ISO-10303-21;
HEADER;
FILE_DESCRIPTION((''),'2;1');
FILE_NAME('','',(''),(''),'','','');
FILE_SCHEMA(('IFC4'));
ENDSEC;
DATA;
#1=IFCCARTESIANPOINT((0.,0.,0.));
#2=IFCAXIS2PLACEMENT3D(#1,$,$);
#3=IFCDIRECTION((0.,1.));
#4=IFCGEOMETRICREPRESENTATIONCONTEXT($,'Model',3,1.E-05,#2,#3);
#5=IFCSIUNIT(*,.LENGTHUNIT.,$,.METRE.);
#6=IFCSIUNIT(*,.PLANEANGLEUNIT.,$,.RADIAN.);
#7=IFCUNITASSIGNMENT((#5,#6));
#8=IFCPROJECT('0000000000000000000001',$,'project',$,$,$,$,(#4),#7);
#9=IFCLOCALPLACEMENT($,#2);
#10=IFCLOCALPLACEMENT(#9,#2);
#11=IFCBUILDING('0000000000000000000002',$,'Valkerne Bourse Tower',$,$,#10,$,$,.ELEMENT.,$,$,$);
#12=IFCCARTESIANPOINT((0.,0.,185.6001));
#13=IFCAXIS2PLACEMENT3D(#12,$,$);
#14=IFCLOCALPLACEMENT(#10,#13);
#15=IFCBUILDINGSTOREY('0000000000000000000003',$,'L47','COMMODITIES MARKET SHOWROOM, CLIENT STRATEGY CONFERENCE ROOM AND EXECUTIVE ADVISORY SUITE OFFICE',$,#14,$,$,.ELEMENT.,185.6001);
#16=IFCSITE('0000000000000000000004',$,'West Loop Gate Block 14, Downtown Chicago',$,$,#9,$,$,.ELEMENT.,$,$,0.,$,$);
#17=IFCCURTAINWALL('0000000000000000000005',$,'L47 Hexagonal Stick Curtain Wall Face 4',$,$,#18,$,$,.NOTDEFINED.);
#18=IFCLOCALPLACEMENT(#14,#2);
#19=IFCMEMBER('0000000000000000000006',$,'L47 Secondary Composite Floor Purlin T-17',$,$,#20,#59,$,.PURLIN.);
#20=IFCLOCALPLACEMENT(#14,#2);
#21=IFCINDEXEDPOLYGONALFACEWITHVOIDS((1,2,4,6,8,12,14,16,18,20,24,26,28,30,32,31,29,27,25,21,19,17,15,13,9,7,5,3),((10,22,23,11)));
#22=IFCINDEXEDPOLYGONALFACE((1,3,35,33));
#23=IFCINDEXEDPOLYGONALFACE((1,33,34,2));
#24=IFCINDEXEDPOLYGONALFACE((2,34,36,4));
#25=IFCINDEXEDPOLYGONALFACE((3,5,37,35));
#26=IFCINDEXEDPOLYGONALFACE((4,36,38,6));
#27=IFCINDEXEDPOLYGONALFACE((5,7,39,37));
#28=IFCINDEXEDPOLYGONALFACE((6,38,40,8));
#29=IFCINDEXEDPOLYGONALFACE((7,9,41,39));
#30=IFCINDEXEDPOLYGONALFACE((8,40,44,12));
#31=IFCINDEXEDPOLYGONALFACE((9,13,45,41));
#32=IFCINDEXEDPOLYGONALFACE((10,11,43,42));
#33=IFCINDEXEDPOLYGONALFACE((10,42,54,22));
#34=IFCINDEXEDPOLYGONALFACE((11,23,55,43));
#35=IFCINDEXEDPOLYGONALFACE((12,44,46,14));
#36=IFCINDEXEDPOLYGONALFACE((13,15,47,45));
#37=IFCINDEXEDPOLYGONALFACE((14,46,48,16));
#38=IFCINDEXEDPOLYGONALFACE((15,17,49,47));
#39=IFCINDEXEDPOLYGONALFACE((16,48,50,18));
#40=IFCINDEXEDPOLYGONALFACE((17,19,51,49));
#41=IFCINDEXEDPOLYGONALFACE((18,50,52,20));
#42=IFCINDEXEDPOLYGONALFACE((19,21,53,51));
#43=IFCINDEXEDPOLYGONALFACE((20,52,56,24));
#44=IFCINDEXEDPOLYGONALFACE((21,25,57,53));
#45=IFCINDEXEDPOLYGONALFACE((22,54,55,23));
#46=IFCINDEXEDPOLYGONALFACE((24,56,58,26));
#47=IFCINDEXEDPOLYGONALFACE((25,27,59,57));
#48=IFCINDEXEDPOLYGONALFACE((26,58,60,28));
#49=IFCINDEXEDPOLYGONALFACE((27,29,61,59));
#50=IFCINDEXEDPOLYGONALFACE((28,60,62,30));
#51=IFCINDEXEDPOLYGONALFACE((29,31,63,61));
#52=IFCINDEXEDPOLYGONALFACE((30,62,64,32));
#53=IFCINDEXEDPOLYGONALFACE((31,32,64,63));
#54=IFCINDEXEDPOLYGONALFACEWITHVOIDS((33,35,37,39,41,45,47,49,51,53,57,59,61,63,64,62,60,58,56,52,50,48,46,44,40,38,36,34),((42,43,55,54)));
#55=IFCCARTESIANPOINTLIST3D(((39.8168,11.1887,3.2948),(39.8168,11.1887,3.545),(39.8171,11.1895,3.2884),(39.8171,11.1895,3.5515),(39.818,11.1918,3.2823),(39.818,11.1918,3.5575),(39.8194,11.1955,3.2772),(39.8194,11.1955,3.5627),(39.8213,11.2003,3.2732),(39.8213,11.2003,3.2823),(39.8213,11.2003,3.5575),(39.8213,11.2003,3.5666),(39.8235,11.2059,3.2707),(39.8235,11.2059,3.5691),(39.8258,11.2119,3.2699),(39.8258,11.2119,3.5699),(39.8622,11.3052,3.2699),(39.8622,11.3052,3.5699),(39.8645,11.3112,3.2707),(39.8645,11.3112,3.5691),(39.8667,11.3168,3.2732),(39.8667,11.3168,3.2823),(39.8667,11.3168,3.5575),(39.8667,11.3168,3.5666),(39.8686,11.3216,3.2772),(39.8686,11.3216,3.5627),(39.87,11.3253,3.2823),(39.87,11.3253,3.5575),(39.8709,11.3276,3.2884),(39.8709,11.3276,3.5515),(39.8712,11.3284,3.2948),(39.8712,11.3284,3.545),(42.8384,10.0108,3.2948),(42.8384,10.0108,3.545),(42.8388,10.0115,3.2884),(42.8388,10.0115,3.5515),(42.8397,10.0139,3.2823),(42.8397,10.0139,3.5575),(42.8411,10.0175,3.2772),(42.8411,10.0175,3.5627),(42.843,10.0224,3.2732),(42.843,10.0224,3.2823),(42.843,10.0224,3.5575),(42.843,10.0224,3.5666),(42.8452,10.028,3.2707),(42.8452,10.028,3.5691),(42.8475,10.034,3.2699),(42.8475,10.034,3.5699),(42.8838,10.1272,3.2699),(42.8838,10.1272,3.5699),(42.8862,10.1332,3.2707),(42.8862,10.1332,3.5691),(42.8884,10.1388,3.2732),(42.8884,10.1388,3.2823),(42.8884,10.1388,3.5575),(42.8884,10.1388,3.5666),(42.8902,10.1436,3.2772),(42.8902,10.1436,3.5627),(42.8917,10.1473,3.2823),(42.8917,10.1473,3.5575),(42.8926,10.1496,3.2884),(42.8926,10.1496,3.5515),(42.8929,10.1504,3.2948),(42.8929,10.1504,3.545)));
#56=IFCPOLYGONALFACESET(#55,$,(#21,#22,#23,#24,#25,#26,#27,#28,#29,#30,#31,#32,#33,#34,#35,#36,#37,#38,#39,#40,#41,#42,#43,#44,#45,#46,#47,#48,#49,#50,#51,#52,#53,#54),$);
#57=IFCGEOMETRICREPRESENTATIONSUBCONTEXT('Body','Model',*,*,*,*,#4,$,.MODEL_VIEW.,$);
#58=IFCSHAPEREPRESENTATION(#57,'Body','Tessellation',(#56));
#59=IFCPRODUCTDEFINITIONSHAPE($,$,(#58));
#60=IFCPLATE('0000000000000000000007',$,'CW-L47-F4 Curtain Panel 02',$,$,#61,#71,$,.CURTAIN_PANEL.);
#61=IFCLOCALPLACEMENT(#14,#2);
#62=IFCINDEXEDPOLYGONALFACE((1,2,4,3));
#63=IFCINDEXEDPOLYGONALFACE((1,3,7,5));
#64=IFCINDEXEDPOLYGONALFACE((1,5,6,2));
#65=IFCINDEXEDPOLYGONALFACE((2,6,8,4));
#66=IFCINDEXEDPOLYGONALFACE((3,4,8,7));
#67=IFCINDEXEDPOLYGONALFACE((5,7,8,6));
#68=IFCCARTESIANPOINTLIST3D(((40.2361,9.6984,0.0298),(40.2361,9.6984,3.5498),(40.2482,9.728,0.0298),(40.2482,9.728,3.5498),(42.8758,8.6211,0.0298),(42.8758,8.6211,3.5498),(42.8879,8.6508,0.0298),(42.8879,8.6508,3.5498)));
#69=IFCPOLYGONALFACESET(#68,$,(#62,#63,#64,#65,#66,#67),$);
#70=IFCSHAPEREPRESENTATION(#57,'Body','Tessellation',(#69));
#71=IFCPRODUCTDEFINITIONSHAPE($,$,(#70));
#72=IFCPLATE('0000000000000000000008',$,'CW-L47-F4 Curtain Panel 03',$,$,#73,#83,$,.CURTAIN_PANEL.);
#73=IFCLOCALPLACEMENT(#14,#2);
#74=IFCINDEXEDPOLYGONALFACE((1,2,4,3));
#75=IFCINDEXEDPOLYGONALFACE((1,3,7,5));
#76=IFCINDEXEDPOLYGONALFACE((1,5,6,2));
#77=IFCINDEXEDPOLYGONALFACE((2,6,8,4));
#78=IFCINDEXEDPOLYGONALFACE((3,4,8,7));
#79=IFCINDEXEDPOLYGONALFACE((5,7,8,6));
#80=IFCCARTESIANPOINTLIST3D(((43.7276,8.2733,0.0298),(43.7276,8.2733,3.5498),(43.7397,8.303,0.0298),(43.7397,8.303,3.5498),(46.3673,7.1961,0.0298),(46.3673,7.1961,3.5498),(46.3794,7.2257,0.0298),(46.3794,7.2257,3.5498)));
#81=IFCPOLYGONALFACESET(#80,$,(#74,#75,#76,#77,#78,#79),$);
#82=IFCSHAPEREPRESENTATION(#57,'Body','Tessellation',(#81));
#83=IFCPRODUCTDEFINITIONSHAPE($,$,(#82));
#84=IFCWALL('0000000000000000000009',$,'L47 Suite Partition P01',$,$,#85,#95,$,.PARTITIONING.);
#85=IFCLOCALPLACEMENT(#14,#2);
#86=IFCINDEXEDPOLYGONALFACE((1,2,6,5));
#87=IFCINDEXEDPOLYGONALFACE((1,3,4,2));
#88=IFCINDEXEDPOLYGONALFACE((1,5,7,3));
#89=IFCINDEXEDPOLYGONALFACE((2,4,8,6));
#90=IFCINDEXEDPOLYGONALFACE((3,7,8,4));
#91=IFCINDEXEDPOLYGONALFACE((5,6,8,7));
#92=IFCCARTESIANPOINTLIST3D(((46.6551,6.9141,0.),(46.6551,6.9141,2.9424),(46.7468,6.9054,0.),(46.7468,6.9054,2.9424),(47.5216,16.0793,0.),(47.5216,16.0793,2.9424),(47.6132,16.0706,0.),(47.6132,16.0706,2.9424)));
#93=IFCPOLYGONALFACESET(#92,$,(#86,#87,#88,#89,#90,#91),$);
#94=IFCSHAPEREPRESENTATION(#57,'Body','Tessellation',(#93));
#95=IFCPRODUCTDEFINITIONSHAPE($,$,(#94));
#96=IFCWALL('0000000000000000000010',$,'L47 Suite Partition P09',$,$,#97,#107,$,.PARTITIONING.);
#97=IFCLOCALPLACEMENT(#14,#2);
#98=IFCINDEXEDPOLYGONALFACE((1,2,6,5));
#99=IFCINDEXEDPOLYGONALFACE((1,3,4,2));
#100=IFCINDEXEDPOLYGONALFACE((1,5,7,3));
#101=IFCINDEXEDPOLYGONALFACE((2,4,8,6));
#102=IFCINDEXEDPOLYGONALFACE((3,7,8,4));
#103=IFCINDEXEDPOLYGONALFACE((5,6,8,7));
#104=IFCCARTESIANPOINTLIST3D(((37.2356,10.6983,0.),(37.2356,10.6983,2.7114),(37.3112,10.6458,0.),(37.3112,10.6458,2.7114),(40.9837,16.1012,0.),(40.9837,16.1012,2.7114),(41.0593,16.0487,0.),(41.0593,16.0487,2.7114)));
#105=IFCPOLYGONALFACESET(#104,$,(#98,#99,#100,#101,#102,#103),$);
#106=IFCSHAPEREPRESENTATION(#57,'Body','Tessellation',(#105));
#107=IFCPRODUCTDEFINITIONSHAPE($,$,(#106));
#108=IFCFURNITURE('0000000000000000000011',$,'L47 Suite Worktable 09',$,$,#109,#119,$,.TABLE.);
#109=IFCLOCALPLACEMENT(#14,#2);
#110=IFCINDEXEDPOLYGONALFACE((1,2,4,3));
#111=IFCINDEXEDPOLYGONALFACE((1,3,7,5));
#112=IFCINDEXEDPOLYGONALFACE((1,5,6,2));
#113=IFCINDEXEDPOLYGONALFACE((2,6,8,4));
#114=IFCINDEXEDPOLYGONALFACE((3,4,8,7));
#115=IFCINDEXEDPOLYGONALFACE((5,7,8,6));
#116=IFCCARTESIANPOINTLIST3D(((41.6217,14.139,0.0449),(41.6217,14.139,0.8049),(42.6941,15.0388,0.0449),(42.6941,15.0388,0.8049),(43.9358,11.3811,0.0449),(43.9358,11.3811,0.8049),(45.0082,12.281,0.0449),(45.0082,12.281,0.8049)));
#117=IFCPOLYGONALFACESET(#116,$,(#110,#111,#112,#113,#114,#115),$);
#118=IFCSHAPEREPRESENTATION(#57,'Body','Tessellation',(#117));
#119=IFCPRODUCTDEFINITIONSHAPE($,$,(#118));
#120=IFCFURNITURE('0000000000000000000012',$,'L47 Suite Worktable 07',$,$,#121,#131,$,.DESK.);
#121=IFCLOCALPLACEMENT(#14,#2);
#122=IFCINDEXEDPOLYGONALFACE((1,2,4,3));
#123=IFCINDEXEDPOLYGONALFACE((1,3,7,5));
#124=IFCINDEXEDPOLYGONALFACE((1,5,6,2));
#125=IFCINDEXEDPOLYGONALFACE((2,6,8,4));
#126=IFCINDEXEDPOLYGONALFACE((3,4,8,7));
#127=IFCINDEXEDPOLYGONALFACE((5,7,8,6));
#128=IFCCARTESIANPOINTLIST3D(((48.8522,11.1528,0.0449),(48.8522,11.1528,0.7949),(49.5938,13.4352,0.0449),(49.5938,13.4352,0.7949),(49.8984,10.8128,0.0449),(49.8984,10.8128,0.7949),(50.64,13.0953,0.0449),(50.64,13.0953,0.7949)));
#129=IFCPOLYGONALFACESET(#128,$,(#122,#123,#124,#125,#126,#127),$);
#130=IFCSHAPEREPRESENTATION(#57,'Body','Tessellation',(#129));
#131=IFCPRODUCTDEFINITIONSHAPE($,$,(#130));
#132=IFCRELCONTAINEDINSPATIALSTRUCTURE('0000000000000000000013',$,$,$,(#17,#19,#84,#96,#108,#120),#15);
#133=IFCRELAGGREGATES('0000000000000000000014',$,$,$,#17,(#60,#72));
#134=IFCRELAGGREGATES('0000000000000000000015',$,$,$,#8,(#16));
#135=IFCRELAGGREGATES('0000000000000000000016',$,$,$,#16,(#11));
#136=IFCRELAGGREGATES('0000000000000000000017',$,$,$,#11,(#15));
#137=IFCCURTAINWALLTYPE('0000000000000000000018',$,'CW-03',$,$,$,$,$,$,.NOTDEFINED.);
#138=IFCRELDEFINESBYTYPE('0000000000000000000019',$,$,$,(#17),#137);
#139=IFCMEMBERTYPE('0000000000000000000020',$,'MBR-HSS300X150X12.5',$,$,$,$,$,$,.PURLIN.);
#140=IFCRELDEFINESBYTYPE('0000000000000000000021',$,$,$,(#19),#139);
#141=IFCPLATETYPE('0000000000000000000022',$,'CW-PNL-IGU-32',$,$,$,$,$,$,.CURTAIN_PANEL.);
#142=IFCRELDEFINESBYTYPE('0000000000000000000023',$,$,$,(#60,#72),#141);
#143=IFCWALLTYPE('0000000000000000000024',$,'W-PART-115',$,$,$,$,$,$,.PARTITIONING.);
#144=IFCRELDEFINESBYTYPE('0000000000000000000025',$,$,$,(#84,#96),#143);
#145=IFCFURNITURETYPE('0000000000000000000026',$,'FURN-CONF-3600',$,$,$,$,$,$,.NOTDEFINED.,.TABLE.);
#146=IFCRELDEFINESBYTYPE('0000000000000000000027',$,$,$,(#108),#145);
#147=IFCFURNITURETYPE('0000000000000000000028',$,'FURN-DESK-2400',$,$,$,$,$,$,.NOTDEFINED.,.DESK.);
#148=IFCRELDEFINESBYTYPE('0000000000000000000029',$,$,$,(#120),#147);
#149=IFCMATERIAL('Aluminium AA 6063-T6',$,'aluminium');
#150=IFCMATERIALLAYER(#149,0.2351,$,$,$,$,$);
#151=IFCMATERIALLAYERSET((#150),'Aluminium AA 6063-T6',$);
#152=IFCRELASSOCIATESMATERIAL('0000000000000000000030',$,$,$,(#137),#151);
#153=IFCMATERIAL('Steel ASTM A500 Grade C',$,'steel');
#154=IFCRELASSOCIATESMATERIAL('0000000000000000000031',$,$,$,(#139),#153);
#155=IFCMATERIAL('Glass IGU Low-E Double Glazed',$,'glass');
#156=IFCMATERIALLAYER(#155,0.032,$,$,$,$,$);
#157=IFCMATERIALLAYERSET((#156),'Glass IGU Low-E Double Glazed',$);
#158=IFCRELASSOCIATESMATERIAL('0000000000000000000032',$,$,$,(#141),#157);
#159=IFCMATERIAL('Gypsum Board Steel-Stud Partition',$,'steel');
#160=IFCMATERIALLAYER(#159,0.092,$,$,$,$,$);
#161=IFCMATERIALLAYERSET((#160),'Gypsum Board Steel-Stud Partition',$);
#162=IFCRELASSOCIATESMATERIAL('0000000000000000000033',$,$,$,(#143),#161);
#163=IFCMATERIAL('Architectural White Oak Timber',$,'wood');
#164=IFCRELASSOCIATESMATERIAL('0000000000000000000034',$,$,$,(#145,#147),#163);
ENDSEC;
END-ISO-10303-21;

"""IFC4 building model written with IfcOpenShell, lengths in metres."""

from ifc_helpers import new_model, si_unit, direction, frame, frame_2d, origin, origin_2d, place, context, subcontext, project, spatial, rectangle, hollow_rectangle, extrude, material, layer, layer_set, material_profile, profile_set, type_object, element, aggregate, save


model = new_model("IFC4")

# Units and contexts
model_context = context("Model", 3, precision=1e-05, world=origin(), true_north=direction((0.0, 1.0)))
body_context = subcontext(model_context, "Body", "Model", "MODEL_VIEW")
ifc_project = project(units=[si_unit("LENGTHUNIT", "METRE"), si_unit("PLANEANGLEUNIT", "RADIAN")], contexts=[model_context])

# Site, building, storey
site_placement = place(None, origin())
site = spatial("IfcSite", under=ifc_project, at=site_placement, Name="West Loop Gate Block 14, Downtown Chicago", CompositionType="ELEMENT", RefElevation=0.0)
building_placement = place(site_placement, origin())
building = spatial("IfcBuilding", under=site, at=building_placement, Name="Valkerne Bourse Tower", CompositionType="ELEMENT")
storey_placement = place(building_placement, frame((0.0, 0.0, 185.6001)))
storey = spatial("IfcBuildingStorey", under=building, at=storey_placement, Name="L47", Description="COMMODITIES MARKET SHOWROOM, CLIENT STRATEGY CONFERENCE ROOM AND EXECUTIVE ADVISORY SUITE OFFICE", CompositionType="ELEMENT", Elevation=185.6001)

# Curtain wall
ifc_material_1 = material(Name="Aluminium AA 6063-T6", Category="aluminium")
ifc_layer_1 = layer(ifc_material_1, 0.2351)
ifc_layer_set_1 = layer_set([ifc_layer_1], Name="Aluminium AA 6063-T6")
curtain_wall_type = type_object("IfcCurtainWallType", Name="CW-03", PredefinedType="NOTDEFINED", material=ifc_layer_set_1)
curtain_wall_1_placement = place(storey_placement, origin())
curtain_wall_1 = element("IfcCurtainWall", 1, at=curtain_wall_1_placement, inside=storey, type_object=curtain_wall_type, Name="L47 Hexagonal Stick Curtain Wall Face 4", PredefinedType="NOTDEFINED")

# Member
ifc_material_2 = material(Name="Steel ASTM A500 Grade C", Category="steel")
ifc_material_profile_1 = material_profile(ifc_material_2, hollow_rectangle(XDim=0.1499, YDim=0.3, WallThickness=0.0125, OuterFilletRadius=0.0249, at=origin_2d()), Name="HSS300X150X12.5")
ifc_profile_set_1 = profile_set([ifc_material_profile_1], Name="Steel ASTM A500 Grade C")
member_type_1 = type_object("IfcMemberType", Name="MBR-HSS300X150X12.5", PredefinedType="PURLIN", material=ifc_profile_set_1)
member_1_placement = place(storey_placement, frame((39.844, 11.2585, 3.4199), z_axis=(0.931706, -0.363213, 0.0), x_axis=(0.363213, 0.931706, 0.0)))
element("IfcMember", 2, at=member_1_placement, inside=storey, type_object=member_type_1, Name="L47 Secondary Composite Floor Purlin T-17", PredefinedType="PURLIN", context=body_context, shape_type="SweptSolid", body=[
    extrude(hollow_rectangle(XDim=0.1499, YDim=0.3, WallThickness=0.0125, OuterFilletRadius=0.0249, at=origin_2d()), origin(), (0.0, 0.0, 1.0), 3.2432),
])

# Plates
ifc_material_3 = material(Name="Glass IGU Low-E Double Glazed", Category="glass")
ifc_layer_2 = layer(ifc_material_3, 0.032)
ifc_layer_set_2 = layer_set([ifc_layer_2], Name="Glass IGU Low-E Double Glazed")
plate_type = type_object("IfcPlateType", Name="CW-PNL-IGU-32", PredefinedType="CURTAIN_PANEL", material=ifc_layer_set_2)
plate_1_placement = place(storey_placement, frame((41.562, 9.1746, 0.0298), z_axis=(0.0, 0.0, 1.0), x_axis=(0.925876, -0.377828, 0.0)))
plate_1 = element("IfcPlate", 3, at=plate_1_placement, type_object=plate_type, Name="CW-L47-F4 Curtain Panel 02", PredefinedType="CURTAIN_PANEL", context=body_context, shape_type="SweptSolid", body=[
    extrude(rectangle(XDim=2.8511, YDim=0.032, at=origin_2d()), origin(), (0.0, 0.0, 1.0), 3.52),
])
plate_2_placement = place(storey_placement, frame((45.0535, 7.7495, 0.0298), z_axis=(0.0, 0.0, 1.0), x_axis=(0.925866, -0.377851, 0.0)))
plate_2 = element("IfcPlate", 4, at=plate_2_placement, type_object=plate_type, Name="CW-L47-F4 Curtain Panel 03", PredefinedType="CURTAIN_PANEL", context=body_context, shape_type="SweptSolid", body=[
    extrude(rectangle(XDim=2.8511, YDim=0.032, at=origin_2d()), origin(), (0.0, 0.0, 1.0), 3.52),
])
aggregate(curtain_wall_1, [plate_1, plate_2])

# Walls
ifc_material_4 = material(Name="Gypsum Board Steel-Stud Partition", Category="steel")
ifc_layer_3 = layer(ifc_material_4, 0.092)
ifc_layer_set_3 = layer_set([ifc_layer_3], Name="Gypsum Board Steel-Stud Partition")
wall_type = type_object("IfcWallType", Name="W-PART-115", PredefinedType="PARTITIONING", material=ifc_layer_set_3)
wall_1_placement = place(storey_placement, frame((47.5674, 16.075, 0.0), z_axis=(0.0, 0.0, 1.0), x_axis=(-0.094117, -0.995561, 0.0)))
element("IfcWall", 5, at=wall_1_placement, inside=storey, type_object=wall_type, Name="L47 Suite Partition P01", PredefinedType="PARTITIONING", context=body_context, shape_type="SweptSolid", body=[
    extrude(rectangle(XDim=9.2061, YDim=0.092, at=frame_2d((4.603, 0.0))), origin(), (0.0, 0.0, 1.0), 2.9424),
])
wall_2_placement = place(storey_placement, frame((41.0215, 16.075, 0.0), z_axis=(0.0, 0.0, 1.0), x_axis=(-0.569994, -0.821649, 0.0)))
element("IfcWall", 6, at=wall_2_placement, inside=storey, type_object=wall_type, Name="L47 Suite Partition P09", PredefinedType="PARTITIONING", context=body_context, shape_type="SweptSolid", body=[
    extrude(rectangle(XDim=6.5757, YDim=0.092, at=frame_2d((3.2878, 0.0))), origin(), (0.0, 0.0, 1.0), 2.7114),
])

# Furniture
ifc_material_5 = material(Name="Architectural White Oak Timber", Category="wood")
furniture_type_1 = type_object("IfcFurnitureType", Name="FURN-CONF-3600", AssemblyPlace="NOTDEFINED", PredefinedType="TABLE", material=ifc_material_5)
furniture_1_placement = place(storey_placement, frame((43.3149, 13.21, 0.0449), z_axis=(0.0, 0.0, 1.0), x_axis=(-0.642788, 0.766044, 0.0)))
element("IfcFurniture", 7, at=furniture_1_placement, inside=storey, type_object=furniture_type_1, Name="L47 Suite Worktable 09", PredefinedType="TABLE", context=body_context, shape_type="SweptSolid", body=[
    extrude(rectangle(XDim=3.6001, YDim=1.3999, at=origin_2d()), origin(), (0.0, 0.0, 1.0), 0.76),
])
furniture_type_2 = type_object("IfcFurnitureType", Name="FURN-DESK-2400", AssemblyPlace="NOTDEFINED", PredefinedType="DESK", material=ifc_material_5)
furniture_2_placement = place(storey_placement, frame((49.7461, 12.124, 0.0449), z_axis=(0.0, 0.0, 1.0), x_axis=(0.309017, 0.951057, 0.0)))
element("IfcFurniture", 8, at=furniture_2_placement, inside=storey, type_object=furniture_type_2, Name="L47 Suite Worktable 07", PredefinedType="DESK", context=body_context, shape_type="SweptSolid", body=[
    extrude(rectangle(XDim=2.3999, YDim=1.1001, at=origin_2d()), origin(), (0.0, 0.0, 1.0), 0.75),
])

save(model, "model.ifc")
